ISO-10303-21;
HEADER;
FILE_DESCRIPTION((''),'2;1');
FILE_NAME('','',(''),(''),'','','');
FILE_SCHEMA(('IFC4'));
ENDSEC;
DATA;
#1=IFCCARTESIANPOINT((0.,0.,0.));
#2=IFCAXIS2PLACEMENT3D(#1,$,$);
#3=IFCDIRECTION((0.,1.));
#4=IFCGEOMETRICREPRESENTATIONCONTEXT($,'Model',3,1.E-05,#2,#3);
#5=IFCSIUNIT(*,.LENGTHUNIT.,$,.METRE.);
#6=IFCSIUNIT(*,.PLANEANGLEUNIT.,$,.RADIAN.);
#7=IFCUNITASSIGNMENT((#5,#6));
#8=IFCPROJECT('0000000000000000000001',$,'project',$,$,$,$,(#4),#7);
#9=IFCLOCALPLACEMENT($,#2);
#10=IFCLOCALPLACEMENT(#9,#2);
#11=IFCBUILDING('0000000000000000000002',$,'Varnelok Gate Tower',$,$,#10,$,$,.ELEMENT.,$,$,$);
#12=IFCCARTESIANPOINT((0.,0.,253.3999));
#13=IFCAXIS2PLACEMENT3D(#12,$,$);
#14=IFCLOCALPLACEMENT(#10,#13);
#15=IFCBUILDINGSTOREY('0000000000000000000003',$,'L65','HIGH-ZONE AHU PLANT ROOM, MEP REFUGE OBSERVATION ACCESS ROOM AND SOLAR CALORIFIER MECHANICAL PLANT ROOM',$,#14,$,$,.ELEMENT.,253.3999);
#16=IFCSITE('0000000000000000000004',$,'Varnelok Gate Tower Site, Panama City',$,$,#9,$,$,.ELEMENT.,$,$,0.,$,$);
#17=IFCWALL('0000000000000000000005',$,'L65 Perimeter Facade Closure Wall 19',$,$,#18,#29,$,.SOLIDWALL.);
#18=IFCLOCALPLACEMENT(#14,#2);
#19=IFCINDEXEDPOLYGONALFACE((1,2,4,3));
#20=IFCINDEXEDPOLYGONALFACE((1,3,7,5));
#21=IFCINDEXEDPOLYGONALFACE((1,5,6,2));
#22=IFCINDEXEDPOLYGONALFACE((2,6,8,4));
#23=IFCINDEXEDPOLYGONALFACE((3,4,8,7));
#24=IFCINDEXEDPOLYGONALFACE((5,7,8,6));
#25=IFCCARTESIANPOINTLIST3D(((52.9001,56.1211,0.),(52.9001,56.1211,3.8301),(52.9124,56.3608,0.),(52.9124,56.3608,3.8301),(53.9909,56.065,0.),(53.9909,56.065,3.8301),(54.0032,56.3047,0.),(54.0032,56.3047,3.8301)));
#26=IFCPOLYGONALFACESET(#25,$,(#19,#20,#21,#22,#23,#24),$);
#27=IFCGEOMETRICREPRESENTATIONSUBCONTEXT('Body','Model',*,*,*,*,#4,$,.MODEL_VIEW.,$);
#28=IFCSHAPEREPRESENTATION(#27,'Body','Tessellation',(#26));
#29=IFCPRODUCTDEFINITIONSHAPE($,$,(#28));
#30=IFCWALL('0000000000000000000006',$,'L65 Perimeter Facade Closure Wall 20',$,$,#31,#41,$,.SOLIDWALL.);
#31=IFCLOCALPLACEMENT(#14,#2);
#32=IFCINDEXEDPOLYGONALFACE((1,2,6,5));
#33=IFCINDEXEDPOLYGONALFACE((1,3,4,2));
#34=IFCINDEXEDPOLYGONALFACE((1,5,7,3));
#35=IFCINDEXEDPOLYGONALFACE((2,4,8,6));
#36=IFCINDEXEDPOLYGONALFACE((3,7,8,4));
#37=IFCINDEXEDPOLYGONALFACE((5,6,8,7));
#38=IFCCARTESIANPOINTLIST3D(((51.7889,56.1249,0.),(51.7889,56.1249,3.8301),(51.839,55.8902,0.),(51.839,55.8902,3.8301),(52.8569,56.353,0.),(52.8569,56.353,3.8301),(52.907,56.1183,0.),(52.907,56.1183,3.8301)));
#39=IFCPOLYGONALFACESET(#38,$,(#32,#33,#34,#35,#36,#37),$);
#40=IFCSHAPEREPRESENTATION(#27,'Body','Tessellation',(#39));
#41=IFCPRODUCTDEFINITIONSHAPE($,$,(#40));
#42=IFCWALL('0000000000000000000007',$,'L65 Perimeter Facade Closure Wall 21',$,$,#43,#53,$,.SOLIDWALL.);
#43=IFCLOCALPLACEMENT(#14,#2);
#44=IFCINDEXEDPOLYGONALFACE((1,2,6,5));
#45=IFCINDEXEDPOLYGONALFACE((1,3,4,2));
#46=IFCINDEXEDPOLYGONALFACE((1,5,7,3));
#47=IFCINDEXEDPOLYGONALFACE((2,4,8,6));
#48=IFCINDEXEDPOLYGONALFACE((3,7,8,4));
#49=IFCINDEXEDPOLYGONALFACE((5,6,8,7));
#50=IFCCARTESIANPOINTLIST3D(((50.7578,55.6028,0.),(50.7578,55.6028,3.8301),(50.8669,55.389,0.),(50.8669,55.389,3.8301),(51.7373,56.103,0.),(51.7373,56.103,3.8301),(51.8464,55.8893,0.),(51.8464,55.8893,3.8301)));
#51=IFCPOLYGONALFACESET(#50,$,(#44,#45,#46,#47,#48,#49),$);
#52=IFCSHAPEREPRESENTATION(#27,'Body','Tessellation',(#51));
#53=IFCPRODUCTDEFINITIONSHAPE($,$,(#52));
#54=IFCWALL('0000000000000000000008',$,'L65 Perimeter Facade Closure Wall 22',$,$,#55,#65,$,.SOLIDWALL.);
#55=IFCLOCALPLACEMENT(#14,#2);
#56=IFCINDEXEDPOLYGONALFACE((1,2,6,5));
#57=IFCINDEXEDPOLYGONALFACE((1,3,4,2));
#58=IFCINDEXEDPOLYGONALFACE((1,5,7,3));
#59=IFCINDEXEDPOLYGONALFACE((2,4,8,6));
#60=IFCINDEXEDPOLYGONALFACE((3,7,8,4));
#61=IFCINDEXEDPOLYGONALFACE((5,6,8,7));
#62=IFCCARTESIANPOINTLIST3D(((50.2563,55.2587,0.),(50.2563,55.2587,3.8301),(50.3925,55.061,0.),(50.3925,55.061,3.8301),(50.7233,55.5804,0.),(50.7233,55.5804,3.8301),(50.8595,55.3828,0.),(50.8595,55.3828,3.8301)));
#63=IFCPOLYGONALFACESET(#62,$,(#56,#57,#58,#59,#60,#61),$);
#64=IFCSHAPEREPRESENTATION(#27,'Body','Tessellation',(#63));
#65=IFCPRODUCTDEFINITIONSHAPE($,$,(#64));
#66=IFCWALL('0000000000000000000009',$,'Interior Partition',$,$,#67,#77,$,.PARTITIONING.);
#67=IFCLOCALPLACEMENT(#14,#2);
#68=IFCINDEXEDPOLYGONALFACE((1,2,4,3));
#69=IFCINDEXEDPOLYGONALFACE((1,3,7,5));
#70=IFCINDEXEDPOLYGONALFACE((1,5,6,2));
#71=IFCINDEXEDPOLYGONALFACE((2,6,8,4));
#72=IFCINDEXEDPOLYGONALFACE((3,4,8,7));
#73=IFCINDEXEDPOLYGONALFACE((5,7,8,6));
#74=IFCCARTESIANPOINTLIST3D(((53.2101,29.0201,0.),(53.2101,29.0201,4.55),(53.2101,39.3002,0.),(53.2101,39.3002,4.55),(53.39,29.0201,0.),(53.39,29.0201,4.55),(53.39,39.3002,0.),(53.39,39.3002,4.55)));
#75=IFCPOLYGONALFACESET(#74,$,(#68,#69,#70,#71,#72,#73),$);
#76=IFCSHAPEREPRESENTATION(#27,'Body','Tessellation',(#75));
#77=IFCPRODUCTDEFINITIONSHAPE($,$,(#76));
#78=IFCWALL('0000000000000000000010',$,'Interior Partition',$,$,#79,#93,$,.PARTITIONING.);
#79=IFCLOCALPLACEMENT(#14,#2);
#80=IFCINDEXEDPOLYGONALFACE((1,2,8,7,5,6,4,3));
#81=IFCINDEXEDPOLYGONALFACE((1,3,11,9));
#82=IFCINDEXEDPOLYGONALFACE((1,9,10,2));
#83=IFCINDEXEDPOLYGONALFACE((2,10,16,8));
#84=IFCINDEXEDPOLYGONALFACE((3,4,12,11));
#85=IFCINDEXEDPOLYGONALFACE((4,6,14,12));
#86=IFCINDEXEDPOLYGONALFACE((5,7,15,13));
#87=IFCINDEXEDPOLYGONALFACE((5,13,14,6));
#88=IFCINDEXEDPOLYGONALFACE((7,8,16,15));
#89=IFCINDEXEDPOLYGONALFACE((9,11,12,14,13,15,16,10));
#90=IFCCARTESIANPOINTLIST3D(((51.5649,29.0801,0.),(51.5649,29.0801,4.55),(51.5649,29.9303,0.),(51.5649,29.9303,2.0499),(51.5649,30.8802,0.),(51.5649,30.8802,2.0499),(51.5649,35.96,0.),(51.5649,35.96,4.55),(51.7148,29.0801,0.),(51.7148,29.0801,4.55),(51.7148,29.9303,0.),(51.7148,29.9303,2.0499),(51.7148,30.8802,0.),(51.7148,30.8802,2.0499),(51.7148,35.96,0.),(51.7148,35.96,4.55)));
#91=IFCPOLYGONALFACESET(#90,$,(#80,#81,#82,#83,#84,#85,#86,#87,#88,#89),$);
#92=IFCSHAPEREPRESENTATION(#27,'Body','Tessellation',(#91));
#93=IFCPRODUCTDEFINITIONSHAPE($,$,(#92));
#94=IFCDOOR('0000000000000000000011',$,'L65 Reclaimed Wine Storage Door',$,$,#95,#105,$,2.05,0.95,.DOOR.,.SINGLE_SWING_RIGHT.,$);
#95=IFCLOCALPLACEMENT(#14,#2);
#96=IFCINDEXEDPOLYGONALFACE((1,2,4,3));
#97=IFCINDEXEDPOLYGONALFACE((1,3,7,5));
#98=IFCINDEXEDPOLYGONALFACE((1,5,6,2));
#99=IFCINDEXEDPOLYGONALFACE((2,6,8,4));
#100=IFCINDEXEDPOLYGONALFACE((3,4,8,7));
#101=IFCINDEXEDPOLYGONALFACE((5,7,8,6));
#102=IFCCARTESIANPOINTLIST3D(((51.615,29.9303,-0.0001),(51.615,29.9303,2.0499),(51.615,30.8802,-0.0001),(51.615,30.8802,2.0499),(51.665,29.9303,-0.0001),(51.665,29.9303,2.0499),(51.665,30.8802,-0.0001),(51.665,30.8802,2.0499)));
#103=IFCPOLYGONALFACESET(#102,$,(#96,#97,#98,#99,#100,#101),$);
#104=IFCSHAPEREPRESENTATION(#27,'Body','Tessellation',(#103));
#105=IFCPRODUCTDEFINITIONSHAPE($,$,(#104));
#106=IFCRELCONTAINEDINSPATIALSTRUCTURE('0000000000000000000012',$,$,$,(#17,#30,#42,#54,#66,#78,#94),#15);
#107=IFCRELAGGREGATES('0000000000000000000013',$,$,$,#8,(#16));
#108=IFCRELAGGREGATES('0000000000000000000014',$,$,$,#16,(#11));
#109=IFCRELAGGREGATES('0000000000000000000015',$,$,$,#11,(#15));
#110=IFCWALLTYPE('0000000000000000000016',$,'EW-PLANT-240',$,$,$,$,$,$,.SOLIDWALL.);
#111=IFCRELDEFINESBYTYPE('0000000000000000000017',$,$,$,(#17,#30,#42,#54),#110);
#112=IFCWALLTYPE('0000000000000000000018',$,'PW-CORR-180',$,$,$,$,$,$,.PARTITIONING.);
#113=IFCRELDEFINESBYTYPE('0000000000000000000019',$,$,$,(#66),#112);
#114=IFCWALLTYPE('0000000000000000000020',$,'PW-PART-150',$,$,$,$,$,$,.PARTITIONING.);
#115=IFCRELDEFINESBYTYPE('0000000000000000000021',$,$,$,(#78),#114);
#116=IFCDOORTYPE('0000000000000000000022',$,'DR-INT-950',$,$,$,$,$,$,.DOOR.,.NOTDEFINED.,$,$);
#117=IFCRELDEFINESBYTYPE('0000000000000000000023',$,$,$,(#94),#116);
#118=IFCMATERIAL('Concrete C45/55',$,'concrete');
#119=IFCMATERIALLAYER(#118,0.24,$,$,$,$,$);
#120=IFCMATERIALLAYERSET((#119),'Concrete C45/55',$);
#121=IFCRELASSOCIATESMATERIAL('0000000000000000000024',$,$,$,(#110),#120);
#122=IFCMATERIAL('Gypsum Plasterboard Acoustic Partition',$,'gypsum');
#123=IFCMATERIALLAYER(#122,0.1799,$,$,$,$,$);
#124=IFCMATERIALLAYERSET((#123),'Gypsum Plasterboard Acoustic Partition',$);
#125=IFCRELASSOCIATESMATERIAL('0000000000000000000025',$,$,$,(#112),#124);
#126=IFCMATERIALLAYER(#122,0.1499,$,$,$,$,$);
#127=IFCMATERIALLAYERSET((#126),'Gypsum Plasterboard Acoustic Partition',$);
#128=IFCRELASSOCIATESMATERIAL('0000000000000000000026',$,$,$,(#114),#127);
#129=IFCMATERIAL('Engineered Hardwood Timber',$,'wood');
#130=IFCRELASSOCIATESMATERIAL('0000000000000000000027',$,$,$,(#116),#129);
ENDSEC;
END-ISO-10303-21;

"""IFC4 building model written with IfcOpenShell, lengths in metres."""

from ifc_helpers import new_model, si_unit, direction, frame, frame_2d, origin, place, context, subcontext, project, spatial, rectangle, extrude, material, layer, layer_set, type_object, element, fill, save


model = new_model("IFC4")

# Units and contexts
model_context = context("Model", 3, precision=1e-05, world=origin(), true_north=direction((0.0, 1.0)))
body_context = subcontext(model_context, "Body", "Model", "MODEL_VIEW")
ifc_project = project(units=[si_unit("LENGTHUNIT", "METRE"), si_unit("PLANEANGLEUNIT", "RADIAN")], contexts=[model_context])

# Site, building, storey
site_placement = place(None, origin())
site = spatial("IfcSite", under=ifc_project, at=site_placement, Name="Varnelok Gate Tower Site, Panama City", CompositionType="ELEMENT", RefElevation=0.0)
building_placement = place(site_placement, origin())
building = spatial("IfcBuilding", under=site, at=building_placement, Name="Varnelok Gate Tower", CompositionType="ELEMENT")
storey_placement = place(building_placement, frame((0.0, 0.0, 253.3999)))
storey = spatial("IfcBuildingStorey", under=building, at=storey_placement, Name="L65", Description="HIGH-ZONE AHU PLANT ROOM, MEP REFUGE OBSERVATION ACCESS ROOM AND SOLAR CALORIFIER MECHANICAL PLANT ROOM", CompositionType="ELEMENT", Elevation=253.3999)

# Walls
ifc_material_1 = material(Name="Concrete C45/55", Category="concrete")
ifc_layer_1 = layer(ifc_material_1, 0.24)
ifc_layer_set_1 = layer_set([ifc_layer_1], Name="Concrete C45/55")
wall_type_1 = type_object("IfcWallType", Name="EW-PLANT-240", PredefinedType="SOLIDWALL", material=ifc_layer_set_1)
wall_1_placement = place(storey_placement, frame((53.9971, 56.1848, 0.0), z_axis=(0.0, 0.0, 1.0), x_axis=(-0.998678, 0.051409, 0.0)))
element("IfcWall", 1, at=wall_1_placement, inside=storey, type_object=wall_type_1, Name="L65 Perimeter Facade Closure Wall 19", PredefinedType="SOLIDWALL", context=body_context, shape_type="SweptSolid", body=[
    extrude(rectangle(XDim=1.0923, YDim=0.24, at=frame_2d((0.5461, 0.0))), origin(), (0.0, 0.0, 1.0), 3.8301),
])
wall_2_placement = place(storey_placement, frame((52.8818, 56.2356, 0.0), z_axis=(0.0, 0.0, 1.0), x_axis=(-0.977953, -0.208827, 0.0)))
element("IfcWall", 2, at=wall_2_placement, inside=storey, type_object=wall_type_1, Name="L65 Perimeter Facade Closure Wall 20", PredefinedType="SOLIDWALL", context=body_context, shape_type="SweptSolid", body=[
    extrude(rectangle(XDim=1.092, YDim=0.24, at=frame_2d((0.5459, 0.0))), origin(), (0.0, 0.0, 1.0), 3.8301),
])
wall_3_placement = place(storey_placement, frame((51.7917, 55.9961, 0.0), z_axis=(0.0, 0.0, 1.0), x_axis=(-0.890577, -0.454833, 0.0)))
element("IfcWall", 3, at=wall_3_placement, inside=storey, type_object=wall_type_1, Name="L65 Perimeter Facade Closure Wall 21", PredefinedType="SOLIDWALL", context=body_context, shape_type="SweptSolid", body=[
    extrude(rectangle(XDim=1.0999, YDim=0.24, at=frame_2d((0.5498, 0.0))), origin(), (0.0, 0.0, 1.0), 3.8301),
])
wall_4_placement = place(storey_placement, frame((50.7915, 55.4817, 0.0), z_axis=(0.0, 0.0, 1.0), x_axis=(-0.823476, -0.567351, 0.0)))
element("IfcWall", 4, at=wall_4_placement, inside=storey, type_object=wall_type_1, Name="L65 Perimeter Facade Closure Wall 22", PredefinedType="SOLIDWALL", context=body_context, shape_type="SweptSolid", body=[
    extrude(rectangle(XDim=0.5671, YDim=0.24, at=frame_2d((0.2837, 0.0))), origin(), (0.0, 0.0, 1.0), 3.8301),
])
ifc_material_2 = material(Name="Gypsum Plasterboard Acoustic Partition", Category="gypsum")
ifc_layer_2 = layer(ifc_material_2, 0.1799)
ifc_layer_set_2 = layer_set([ifc_layer_2], Name="Gypsum Plasterboard Acoustic Partition")
wall_type_2 = type_object("IfcWallType", Name="PW-CORR-180", PredefinedType="PARTITIONING", material=ifc_layer_set_2)
wall_5_placement = place(storey_placement, frame((53.3, 29.02, 0.0), z_axis=(0.0, 0.0, 1.0), x_axis=(0.0, 1.0, 0.0)))
element("IfcWall", 5, at=wall_5_placement, inside=storey, type_object=wall_type_2, Name="Interior Partition", PredefinedType="PARTITIONING", context=body_context, shape_type="SweptSolid", body=[
    extrude(rectangle(XDim=10.28, YDim=0.1799, at=frame_2d((5.1401, 0.0))), origin(), (0.0, 0.0, 1.0), 4.55),
])

# Wall, opening, door
ifc_layer_3 = layer(ifc_material_2, 0.1499)
ifc_layer_set_3 = layer_set([ifc_layer_3], Name="Gypsum Plasterboard Acoustic Partition")
wall_type_3 = type_object("IfcWallType", Name="PW-PART-150", PredefinedType="PARTITIONING", material=ifc_layer_set_3)
wall_6_placement = place(storey_placement, frame((51.6399, 29.0801, 0.0), z_axis=(0.0, 0.0, 1.0), x_axis=(0.0, 1.0, 0.0)))
wall_6 = element("IfcWall", 6, at=wall_6_placement, inside=storey, type_object=wall_type_3, Name="Interior Partition", PredefinedType="PARTITIONING", context=body_context, shape_type="SweptSolid", body=[
    extrude(rectangle(XDim=6.8799, YDim=0.1499, at=frame_2d((3.4399, 0.0))), origin(), (0.0, 0.0, 1.0), 4.55),
])
opening_placement = place(wall_6_placement, frame((0.8501, 0.0, 0.0)))
opening = element("IfcOpeningElement", 7, at=opening_placement, cuts=wall_6, PredefinedType="OPENING", context=body_context, shape_type="SweptSolid", body=[
    extrude(rectangle(XDim=0.95, YDim=2.05, at=frame_2d((0.4751, 1.0249))), frame((0.0, 0.085, 0.0), z_axis=(0.0, -1.0, 0.0), x_axis=(1.0, 0.0, 0.0)), (0.0, 0.0, 1.0), 0.1699),
])
ifc_material_3 = material(Name="Engineered Hardwood Timber", Category="wood")
door_type = type_object("IfcDoorType", Name="DR-INT-950", OperationType="NOTDEFINED", PredefinedType="DOOR", material=ifc_material_3)
door_placement = place(opening_placement, origin())
door = element("IfcDoor", 8, at=door_placement, inside=storey, type_object=door_type, Name="L65 Reclaimed Wine Storage Door", OperationType="SINGLE_SWING_RIGHT", OverallHeight=2.05, OverallWidth=0.95, PredefinedType="DOOR", context=body_context, shape_type="SweptSolid", body=[
    extrude(rectangle(XDim=0.95, YDim=2.05, at=frame_2d((0.4751, 1.0249))), frame((0.0, 0.0249, 0.0), z_axis=(0.0, -1.0, 0.0), x_axis=(1.0, 0.0, 0.0)), (0.0, 0.0, 1.0), 0.05),
])
fill(opening, door)

save(model, "model.ifc")
